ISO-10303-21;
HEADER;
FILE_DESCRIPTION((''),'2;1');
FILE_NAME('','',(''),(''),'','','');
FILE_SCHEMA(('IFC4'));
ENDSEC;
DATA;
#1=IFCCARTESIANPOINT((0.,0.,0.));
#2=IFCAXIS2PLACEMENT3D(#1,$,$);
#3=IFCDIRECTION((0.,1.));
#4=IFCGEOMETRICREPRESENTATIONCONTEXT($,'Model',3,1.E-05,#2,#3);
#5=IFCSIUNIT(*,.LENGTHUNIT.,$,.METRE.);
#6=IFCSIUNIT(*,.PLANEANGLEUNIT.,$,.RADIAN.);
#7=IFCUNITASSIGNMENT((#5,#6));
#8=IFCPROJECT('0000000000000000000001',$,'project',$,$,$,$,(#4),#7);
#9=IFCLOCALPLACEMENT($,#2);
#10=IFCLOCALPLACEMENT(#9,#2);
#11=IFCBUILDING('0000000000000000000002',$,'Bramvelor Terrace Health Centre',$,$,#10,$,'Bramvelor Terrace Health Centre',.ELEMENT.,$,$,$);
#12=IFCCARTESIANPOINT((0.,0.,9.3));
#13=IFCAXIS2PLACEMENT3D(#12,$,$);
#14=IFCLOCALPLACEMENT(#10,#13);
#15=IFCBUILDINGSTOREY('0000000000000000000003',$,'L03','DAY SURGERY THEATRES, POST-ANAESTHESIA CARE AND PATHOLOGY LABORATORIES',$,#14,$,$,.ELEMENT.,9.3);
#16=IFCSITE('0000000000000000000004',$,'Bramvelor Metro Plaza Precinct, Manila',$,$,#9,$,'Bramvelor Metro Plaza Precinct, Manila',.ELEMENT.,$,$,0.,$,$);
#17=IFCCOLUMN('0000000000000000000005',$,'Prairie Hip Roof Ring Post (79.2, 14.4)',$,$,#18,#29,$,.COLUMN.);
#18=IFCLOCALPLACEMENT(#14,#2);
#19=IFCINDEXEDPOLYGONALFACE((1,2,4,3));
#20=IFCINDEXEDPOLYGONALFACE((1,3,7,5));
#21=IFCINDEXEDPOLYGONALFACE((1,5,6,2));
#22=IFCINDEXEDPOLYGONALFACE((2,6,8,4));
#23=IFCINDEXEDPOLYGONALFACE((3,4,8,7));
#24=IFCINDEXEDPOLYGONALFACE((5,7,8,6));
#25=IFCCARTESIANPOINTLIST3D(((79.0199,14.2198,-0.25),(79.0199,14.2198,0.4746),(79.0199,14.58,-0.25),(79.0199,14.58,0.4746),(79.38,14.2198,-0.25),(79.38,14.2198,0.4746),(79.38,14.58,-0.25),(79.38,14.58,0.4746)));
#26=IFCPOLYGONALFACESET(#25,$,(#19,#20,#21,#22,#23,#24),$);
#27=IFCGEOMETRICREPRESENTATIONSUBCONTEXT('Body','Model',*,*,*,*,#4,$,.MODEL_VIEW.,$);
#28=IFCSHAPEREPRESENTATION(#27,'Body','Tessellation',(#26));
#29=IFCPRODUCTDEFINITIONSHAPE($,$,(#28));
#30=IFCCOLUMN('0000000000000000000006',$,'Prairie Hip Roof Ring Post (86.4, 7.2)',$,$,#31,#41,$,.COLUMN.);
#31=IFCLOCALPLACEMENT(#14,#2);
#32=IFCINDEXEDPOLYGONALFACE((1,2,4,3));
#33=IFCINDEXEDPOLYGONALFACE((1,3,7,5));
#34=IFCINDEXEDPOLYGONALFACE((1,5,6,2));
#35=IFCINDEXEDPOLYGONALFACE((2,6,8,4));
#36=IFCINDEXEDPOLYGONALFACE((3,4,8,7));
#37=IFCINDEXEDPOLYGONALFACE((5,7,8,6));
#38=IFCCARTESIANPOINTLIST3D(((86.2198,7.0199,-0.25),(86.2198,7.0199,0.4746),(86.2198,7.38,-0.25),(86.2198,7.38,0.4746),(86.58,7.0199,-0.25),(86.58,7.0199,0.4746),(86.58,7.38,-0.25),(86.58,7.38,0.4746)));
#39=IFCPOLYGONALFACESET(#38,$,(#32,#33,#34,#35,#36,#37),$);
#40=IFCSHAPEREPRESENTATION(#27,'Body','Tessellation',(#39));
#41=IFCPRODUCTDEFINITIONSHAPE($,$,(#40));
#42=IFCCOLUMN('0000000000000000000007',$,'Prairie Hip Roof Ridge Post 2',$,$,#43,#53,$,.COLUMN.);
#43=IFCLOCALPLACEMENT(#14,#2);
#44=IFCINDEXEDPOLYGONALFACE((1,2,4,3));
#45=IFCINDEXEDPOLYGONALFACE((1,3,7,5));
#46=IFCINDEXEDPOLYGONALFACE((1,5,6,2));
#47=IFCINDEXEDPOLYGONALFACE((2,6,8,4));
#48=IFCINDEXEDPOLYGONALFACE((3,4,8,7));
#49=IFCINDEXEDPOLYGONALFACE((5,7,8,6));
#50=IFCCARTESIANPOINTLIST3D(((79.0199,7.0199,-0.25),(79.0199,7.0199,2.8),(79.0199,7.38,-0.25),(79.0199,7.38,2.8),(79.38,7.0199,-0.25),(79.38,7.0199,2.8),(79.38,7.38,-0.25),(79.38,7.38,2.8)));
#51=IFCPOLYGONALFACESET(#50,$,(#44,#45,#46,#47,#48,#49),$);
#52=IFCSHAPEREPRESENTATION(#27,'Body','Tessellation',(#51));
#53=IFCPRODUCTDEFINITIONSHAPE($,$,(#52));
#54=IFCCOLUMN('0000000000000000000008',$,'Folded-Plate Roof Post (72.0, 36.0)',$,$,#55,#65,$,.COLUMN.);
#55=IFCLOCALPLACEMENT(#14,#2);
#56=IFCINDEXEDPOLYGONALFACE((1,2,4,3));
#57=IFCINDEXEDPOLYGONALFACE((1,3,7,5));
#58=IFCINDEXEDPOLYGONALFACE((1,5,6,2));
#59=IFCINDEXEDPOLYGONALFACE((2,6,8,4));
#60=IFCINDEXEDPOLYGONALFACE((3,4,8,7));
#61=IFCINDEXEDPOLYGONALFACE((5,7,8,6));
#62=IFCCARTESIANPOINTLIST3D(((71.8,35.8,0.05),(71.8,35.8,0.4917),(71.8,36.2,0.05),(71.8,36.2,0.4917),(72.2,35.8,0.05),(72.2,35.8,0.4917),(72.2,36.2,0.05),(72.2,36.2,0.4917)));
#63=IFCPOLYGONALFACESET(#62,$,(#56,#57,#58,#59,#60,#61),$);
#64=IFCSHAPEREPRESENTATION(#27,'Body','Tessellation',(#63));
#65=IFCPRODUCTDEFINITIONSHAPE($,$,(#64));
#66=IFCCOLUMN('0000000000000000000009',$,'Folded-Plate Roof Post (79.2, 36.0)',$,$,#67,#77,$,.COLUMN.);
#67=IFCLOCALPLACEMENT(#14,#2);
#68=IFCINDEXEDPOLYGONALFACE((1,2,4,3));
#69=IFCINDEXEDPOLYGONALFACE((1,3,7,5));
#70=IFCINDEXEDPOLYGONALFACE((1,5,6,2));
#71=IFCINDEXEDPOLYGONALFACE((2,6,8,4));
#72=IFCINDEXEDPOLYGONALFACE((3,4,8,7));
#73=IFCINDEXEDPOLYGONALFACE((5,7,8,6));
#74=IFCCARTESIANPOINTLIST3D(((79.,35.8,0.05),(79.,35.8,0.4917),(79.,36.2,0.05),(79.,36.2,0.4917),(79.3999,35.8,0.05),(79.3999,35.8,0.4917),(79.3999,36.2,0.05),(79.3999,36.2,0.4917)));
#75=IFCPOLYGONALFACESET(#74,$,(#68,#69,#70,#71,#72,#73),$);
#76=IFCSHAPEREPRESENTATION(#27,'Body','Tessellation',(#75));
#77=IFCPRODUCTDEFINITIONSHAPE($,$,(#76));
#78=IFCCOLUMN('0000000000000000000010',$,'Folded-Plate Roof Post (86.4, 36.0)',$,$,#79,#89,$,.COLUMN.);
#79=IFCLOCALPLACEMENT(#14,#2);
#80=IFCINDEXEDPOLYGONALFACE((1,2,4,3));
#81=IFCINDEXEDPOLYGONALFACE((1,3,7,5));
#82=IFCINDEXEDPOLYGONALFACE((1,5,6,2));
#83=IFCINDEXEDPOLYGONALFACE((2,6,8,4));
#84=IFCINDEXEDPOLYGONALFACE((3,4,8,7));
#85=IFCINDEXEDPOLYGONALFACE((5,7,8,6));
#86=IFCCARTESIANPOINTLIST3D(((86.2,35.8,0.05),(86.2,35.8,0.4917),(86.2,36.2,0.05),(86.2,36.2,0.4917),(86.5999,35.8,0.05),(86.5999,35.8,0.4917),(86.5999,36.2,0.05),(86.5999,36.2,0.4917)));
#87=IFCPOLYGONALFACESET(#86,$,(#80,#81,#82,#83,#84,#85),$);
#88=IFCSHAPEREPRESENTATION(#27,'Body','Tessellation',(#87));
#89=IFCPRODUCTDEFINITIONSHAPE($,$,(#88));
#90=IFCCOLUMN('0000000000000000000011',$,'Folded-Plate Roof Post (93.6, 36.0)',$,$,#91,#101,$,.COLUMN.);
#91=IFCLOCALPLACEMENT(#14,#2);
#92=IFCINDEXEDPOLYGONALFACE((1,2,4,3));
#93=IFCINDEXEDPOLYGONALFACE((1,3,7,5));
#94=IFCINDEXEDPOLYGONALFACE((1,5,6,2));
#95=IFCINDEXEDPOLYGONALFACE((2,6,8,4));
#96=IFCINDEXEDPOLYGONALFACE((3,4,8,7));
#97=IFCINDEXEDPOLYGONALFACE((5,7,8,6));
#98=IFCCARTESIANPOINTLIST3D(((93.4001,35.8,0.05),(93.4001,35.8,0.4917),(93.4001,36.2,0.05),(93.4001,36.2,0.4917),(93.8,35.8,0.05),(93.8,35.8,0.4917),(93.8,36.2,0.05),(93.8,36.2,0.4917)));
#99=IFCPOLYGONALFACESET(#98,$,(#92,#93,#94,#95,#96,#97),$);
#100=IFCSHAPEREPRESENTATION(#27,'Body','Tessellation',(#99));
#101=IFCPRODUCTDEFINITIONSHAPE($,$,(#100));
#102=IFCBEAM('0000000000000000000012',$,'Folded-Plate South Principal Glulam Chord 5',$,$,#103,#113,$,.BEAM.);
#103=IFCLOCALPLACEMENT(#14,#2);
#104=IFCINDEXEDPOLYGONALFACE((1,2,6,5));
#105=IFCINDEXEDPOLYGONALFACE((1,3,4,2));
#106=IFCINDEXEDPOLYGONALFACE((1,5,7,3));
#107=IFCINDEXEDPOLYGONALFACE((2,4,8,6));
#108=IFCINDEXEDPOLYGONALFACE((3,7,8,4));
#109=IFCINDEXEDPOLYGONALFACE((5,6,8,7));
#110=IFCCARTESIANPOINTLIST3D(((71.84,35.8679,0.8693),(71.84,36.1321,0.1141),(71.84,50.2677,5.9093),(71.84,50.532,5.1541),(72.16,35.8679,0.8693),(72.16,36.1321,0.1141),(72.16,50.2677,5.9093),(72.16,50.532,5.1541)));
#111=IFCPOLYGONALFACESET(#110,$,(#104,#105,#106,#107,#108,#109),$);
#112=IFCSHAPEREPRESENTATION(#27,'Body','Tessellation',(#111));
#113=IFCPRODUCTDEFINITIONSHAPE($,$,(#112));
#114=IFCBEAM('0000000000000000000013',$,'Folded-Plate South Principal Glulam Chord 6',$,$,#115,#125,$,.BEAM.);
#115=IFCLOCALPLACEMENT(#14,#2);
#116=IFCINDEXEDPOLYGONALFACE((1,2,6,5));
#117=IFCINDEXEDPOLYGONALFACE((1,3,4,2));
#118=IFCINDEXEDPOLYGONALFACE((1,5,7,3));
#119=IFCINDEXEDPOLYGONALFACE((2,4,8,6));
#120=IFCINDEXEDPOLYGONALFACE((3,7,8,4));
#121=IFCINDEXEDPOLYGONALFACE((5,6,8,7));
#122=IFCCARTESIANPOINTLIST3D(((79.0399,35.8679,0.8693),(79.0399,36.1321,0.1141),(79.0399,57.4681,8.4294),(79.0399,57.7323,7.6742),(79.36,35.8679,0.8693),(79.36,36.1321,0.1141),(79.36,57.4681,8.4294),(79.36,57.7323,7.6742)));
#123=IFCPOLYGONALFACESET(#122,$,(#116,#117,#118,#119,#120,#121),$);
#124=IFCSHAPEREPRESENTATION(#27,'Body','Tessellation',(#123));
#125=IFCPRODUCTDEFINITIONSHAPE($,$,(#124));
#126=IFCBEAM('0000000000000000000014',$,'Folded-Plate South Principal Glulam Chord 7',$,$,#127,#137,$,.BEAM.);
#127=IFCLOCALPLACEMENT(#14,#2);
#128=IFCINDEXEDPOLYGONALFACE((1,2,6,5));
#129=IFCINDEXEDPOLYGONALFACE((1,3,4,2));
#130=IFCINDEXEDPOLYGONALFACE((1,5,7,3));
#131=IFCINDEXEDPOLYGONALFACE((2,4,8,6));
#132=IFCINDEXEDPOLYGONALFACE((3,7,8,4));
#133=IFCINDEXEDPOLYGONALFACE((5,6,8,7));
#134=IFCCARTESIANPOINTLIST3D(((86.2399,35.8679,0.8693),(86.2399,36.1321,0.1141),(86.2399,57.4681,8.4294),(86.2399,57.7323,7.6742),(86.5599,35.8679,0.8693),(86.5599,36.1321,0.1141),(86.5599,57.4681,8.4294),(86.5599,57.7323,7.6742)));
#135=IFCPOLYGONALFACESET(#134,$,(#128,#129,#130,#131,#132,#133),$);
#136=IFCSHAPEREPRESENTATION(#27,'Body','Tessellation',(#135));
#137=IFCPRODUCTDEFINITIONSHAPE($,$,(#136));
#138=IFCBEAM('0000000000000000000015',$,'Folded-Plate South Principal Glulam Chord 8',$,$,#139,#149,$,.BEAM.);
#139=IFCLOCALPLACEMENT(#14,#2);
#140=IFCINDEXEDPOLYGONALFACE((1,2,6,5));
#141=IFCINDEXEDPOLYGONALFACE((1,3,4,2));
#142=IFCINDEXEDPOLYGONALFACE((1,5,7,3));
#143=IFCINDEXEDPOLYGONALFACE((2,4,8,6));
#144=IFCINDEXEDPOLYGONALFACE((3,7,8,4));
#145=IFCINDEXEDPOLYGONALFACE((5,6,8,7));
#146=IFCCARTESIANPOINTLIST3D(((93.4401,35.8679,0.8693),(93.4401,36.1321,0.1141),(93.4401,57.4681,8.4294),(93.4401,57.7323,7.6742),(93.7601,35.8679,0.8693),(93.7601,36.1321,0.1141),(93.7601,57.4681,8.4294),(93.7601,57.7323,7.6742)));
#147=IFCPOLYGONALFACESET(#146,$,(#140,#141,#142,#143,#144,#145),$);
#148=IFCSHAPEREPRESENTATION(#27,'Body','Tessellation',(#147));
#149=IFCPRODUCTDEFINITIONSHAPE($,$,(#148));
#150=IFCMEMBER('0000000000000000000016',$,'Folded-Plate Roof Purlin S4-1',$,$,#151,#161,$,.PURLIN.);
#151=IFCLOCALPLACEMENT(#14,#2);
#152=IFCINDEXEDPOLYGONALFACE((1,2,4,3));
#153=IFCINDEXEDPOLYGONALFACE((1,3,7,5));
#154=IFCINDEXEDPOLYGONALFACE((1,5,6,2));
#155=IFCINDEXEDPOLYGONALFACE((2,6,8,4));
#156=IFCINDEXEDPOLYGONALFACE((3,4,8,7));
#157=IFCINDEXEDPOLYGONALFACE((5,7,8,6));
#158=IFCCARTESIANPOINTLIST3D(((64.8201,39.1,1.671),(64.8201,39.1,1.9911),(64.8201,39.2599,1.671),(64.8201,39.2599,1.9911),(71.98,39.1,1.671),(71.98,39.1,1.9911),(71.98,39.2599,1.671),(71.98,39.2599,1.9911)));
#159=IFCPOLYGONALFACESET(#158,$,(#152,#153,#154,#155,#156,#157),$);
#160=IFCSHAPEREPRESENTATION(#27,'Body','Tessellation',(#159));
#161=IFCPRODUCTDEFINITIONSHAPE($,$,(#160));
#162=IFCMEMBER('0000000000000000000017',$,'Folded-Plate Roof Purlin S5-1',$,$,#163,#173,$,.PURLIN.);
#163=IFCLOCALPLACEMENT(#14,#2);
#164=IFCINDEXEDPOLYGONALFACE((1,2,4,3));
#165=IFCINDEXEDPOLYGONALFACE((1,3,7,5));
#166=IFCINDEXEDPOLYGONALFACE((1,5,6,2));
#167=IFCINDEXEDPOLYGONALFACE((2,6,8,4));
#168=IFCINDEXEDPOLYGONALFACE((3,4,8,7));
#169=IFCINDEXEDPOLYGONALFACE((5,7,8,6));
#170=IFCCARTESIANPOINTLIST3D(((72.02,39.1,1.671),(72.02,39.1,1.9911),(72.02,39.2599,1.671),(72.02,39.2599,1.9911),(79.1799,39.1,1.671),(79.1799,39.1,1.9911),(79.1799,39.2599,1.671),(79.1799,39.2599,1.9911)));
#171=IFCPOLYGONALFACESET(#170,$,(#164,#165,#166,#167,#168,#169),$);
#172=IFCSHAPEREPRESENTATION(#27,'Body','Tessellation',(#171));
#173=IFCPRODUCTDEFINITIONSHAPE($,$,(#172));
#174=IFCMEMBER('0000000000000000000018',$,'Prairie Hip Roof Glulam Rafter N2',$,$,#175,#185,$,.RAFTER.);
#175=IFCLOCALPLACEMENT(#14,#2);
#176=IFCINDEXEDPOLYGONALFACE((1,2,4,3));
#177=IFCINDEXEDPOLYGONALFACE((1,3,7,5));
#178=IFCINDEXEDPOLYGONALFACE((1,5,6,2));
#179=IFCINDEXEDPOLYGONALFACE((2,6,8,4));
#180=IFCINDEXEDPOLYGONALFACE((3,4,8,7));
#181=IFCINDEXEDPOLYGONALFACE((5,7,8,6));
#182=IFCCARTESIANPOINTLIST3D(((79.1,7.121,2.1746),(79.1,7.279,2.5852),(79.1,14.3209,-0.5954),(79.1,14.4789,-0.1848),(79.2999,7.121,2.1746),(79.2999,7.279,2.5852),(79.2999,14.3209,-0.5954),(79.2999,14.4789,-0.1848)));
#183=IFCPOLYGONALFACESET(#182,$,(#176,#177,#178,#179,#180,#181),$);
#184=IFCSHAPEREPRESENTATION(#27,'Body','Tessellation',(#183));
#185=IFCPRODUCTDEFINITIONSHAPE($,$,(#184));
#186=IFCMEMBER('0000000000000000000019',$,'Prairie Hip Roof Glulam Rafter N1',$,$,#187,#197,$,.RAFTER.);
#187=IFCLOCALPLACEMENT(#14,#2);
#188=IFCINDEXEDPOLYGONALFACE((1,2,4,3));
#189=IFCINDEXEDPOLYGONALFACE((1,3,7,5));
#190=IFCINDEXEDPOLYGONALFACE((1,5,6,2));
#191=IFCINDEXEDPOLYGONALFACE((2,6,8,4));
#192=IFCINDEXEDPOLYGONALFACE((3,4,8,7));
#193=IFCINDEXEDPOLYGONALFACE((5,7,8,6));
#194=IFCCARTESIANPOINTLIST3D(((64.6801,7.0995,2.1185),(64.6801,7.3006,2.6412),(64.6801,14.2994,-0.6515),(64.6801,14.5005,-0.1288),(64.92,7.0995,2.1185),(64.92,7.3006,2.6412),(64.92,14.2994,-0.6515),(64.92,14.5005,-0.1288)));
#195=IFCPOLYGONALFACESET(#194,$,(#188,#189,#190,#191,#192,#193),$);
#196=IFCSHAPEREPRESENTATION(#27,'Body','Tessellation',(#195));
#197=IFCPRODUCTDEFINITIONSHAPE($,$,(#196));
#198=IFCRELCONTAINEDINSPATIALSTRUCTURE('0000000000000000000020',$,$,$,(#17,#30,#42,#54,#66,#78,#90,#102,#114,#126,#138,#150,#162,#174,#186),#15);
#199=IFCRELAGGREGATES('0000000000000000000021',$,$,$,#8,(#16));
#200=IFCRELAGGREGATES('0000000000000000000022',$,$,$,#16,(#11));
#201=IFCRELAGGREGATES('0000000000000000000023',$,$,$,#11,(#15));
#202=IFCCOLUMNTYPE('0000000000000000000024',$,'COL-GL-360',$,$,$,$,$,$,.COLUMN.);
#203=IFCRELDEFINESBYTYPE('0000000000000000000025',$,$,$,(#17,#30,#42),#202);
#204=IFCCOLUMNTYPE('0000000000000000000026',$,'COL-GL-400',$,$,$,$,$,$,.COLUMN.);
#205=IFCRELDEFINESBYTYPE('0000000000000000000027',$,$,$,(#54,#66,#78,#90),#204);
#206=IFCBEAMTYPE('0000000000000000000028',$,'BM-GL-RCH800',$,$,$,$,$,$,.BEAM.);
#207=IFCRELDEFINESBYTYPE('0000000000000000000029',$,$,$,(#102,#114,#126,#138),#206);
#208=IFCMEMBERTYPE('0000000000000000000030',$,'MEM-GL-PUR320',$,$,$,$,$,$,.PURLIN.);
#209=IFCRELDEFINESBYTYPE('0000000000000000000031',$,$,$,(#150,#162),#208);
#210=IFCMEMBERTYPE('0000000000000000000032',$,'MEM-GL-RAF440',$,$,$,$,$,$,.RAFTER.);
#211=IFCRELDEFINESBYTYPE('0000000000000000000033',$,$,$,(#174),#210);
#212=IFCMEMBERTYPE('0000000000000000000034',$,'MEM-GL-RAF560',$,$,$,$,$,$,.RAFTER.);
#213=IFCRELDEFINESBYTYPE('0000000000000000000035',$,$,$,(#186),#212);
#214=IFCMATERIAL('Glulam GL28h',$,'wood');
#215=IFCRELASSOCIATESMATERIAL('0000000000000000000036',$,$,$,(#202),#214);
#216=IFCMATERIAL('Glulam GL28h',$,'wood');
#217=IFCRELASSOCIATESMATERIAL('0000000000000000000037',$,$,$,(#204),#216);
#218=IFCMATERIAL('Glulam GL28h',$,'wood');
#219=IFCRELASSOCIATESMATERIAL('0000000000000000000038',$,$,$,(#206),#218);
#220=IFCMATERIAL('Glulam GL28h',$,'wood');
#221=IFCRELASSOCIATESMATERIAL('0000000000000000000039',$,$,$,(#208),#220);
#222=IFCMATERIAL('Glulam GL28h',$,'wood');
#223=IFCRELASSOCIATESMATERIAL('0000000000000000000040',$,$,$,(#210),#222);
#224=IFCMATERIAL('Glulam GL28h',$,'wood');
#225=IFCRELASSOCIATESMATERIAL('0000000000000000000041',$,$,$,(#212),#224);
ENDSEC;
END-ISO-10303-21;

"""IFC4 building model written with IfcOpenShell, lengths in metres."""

from ifc_helpers import new_model, si_unit, direction, frame, origin, origin_2d, place, context, subcontext, project, spatial, rectangle, extrude, material, material_profile, profile_set, type_object, element, save


model = new_model("IFC4")

# Units and contexts
model_context = context("Model", 3, precision=1e-05, world=origin(), true_north=direction((0.0, 1.0)))
body_context = subcontext(model_context, "Body", "Model", "MODEL_VIEW")
ifc_project = project(units=[si_unit("LENGTHUNIT", "METRE"), si_unit("PLANEANGLEUNIT", "RADIAN")], contexts=[model_context])

# Site, building, storey
site_placement = place(None, origin())
site = spatial("IfcSite", under=ifc_project, at=site_placement, Name="Bramvelor Metro Plaza Precinct, Manila", LongName="Bramvelor Metro Plaza Precinct, Manila", CompositionType="ELEMENT", RefElevation=0.0)
building_placement = place(site_placement, origin())
building = spatial("IfcBuilding", under=site, at=building_placement, Name="Bramvelor Terrace Health Centre", LongName="Bramvelor Terrace Health Centre", CompositionType="ELEMENT")
storey_placement = place(building_placement, frame((0.0, 0.0, 9.3)))
storey = spatial("IfcBuildingStorey", under=building, at=storey_placement, Name="L03", Description="DAY SURGERY THEATRES, POST-ANAESTHESIA CARE AND PATHOLOGY LABORATORIES", CompositionType="ELEMENT", Elevation=9.3)

# Columns
ifc_material_1 = material(Name="Glulam GL28h", Category="wood")
ifc_material_profile_1 = material_profile(ifc_material_1, rectangle(XDim=0.3601, YDim=0.3601, at=origin_2d()), Name="GL 360x360")
ifc_profile_set_1 = profile_set([ifc_material_profile_1], Name="Glulam GL28h")
column_type_1 = type_object("IfcColumnType", Name="COL-GL-360", PredefinedType="COLUMN", material=ifc_profile_set_1)
for number, where, z_axis, x_axis, name in (
    (1, (79.2, 14.3999, -0.25), (0.0, 0.0, 1.0), (1.0, 0.0, 0.0), "Prairie Hip Roof Ring Post (79.2, 14.4)"),
    (2, (86.3999, 7.2, -0.25), (0.0, 0.0, 1.0), (1.0, 0.0, 0.0), "Prairie Hip Roof Ring Post (86.4, 7.2)"),
):
    element("IfcColumn", number, at=place(storey_placement, frame(where, z_axis=z_axis, x_axis=x_axis)), inside=storey, type_object=column_type_1, Name=name, PredefinedType="COLUMN", context=body_context, shape_type="SweptSolid", body=[
        extrude(rectangle(XDim=0.3601, YDim=0.3601, at=origin_2d()), origin(), (0.0, 0.0, 1.0), 0.7246),
    ])
column_placement = place(storey_placement, frame((79.2, 7.2, -0.25), z_axis=(0.0, 0.0, 1.0), x_axis=(1.0, 0.0, 0.0)))
element("IfcColumn", 3, at=column_placement, inside=storey, type_object=column_type_1, Name="Prairie Hip Roof Ridge Post 2", PredefinedType="COLUMN", context=body_context, shape_type="SweptSolid", body=[
    extrude(rectangle(XDim=0.3601, YDim=0.3601, at=origin_2d()), origin(), (0.0, 0.0, 1.0), 3.05),
])
ifc_material_2 = material(Name="Glulam GL28h", Category="wood")
ifc_material_profile_2 = material_profile(ifc_material_2, rectangle(XDim=0.3999, YDim=0.3999, at=origin_2d()), Name="GL 400x400")
ifc_profile_set_2 = profile_set([ifc_material_profile_2], Name="Glulam GL28h")
column_type_2 = type_object("IfcColumnType", Name="COL-GL-400", PredefinedType="COLUMN", material=ifc_profile_set_2)
for number, where, z_axis, x_axis, name in (
    (4, (72.0, 36.0, 0.05), (0.0, 0.0, 1.0), (1.0, 0.0, 0.0), "Folded-Plate Roof Post (72.0, 36.0)"),
    (5, (79.2, 36.0, 0.05), (0.0, 0.0, 1.0), (1.0, 0.0, 0.0), "Folded-Plate Roof Post (79.2, 36.0)"),
    (6, (86.3999, 36.0, 0.05), (0.0, 0.0, 1.0), (1.0, 0.0, 0.0), "Folded-Plate Roof Post (86.4, 36.0)"),
    (7, (93.6001, 36.0, 0.05), (0.0, 0.0, 1.0), (1.0, 0.0, 0.0), "Folded-Plate Roof Post (93.6, 36.0)"),
):
    element("IfcColumn", number, at=place(storey_placement, frame(where, z_axis=z_axis, x_axis=x_axis)), inside=storey, type_object=column_type_2, Name=name, PredefinedType="COLUMN", context=body_context, shape_type="SweptSolid", body=[
        extrude(rectangle(XDim=0.3999, YDim=0.3999, at=origin_2d()), origin(), (0.0, 0.0, 1.0), 0.4417),
    ])

# Beams
ifc_material_3 = material(Name="Glulam GL28h", Category="wood")
ifc_material_profile_3 = material_profile(ifc_material_3, rectangle(XDim=0.3201, YDim=0.8, at=origin_2d()), Name="GL 320x800")
ifc_profile_set_3 = profile_set([ifc_material_profile_3], Name="Glulam GL28h")
beam_type = type_object("IfcBeamType", Name="BM-GL-RCH800", PredefinedType="BEAM", material=ifc_profile_set_3)
beam_placement = place(storey_placement, frame((72.0, 36.0, 0.4917), z_axis=(0.0, 0.943857, 0.330355), x_axis=(-1.0, 0.0, 0.0)))
element("IfcBeam", 8, at=beam_placement, inside=storey, type_object=beam_type, Name="Folded-Plate South Principal Glulam Chord 5", PredefinedType="BEAM", context=body_context, shape_type="SweptSolid", body=[
    extrude(rectangle(XDim=0.3201, YDim=0.8, at=origin_2d()), origin(), (0.0, 0.0, 1.0), 15.2563),
])
for number, where, z_axis, x_axis, name in (
    (9, (79.2, 36.0, 0.4917), (0.0, 0.943858, 0.330351), (-1.0, 0.0, 0.0), "Folded-Plate South Principal Glulam Chord 6"),
    (10, (86.3999, 36.0, 0.4917), (0.0, 0.943858, 0.330351), (-1.0, 0.0, 0.0), "Folded-Plate South Principal Glulam Chord 7"),
    (11, (93.6001, 36.0, 0.4917), (0.0, 0.943858, 0.330351), (-1.0, 0.0, 0.0), "Folded-Plate South Principal Glulam Chord 8"),
):
    element("IfcBeam", number, at=place(storey_placement, frame(where, z_axis=z_axis, x_axis=x_axis)), inside=storey, type_object=beam_type, Name=name, PredefinedType="BEAM", context=body_context, shape_type="SweptSolid", body=[
        extrude(rectangle(XDim=0.3201, YDim=0.8, at=origin_2d()), origin(), (0.0, 0.0, 1.0), 22.885),
    ])

# Members
ifc_material_4 = material(Name="Glulam GL28h", Category="wood")
ifc_material_profile_4 = material_profile(ifc_material_4, rectangle(XDim=0.1599, YDim=0.3201, at=origin_2d()), Name="GL 160x320")
ifc_profile_set_4 = profile_set([ifc_material_profile_4], Name="Glulam GL28h")
member_type_1 = type_object("IfcMemberType", Name="MEM-GL-PUR320", PredefinedType="PURLIN", material=ifc_profile_set_4)
for number, where, z_axis, x_axis, name in (
    (12, (64.8201, 39.1799, 1.8311), (1.0, 0.0, 0.0), (0.0, 1.0, 0.0), "Folded-Plate Roof Purlin S4-1"),
    (13, (72.02, 39.1799, 1.8311), (1.0, 0.0, 0.0), (0.0, 1.0, 0.0), "Folded-Plate Roof Purlin S5-1"),
):
    element("IfcMember", number, at=place(storey_placement, frame(where, z_axis=z_axis, x_axis=x_axis)), inside=storey, type_object=member_type_1, Name=name, PredefinedType="PURLIN", context=body_context, shape_type="SweptSolid", body=[
        extrude(rectangle(XDim=0.1599, YDim=0.3201, at=origin_2d()), origin(), (0.0, 0.0, 1.0), 7.1599),
    ])
ifc_material_5 = material(Name="Glulam GL28h", Category="wood")
ifc_material_profile_5 = material_profile(ifc_material_5, rectangle(XDim=0.2, YDim=0.4399, at=origin_2d()), Name="GL 200x440")
ifc_profile_set_5 = profile_set([ifc_material_profile_5], Name="Glulam GL28h")
member_type_2 = type_object("IfcMemberType", Name="MEM-GL-RAF440", PredefinedType="RAFTER", material=ifc_profile_set_5)
member_1_placement = place(storey_placement, frame((79.2, 14.3999, -0.3901), z_axis=(0.0, -0.933311, 0.35907), x_axis=(1.0, 0.0, 0.0)))
element("IfcMember", 14, at=member_1_placement, inside=storey, type_object=member_type_2, Name="Prairie Hip Roof Glulam Rafter N2", PredefinedType="RAFTER", context=body_context, shape_type="SweptSolid", body=[
    extrude(rectangle(XDim=0.2, YDim=0.4399, at=origin_2d()), origin(), (0.0, 0.0, 1.0), 7.7144),
])
ifc_material_6 = material(Name="Glulam GL28h", Category="wood")
ifc_material_profile_6 = material_profile(ifc_material_6, rectangle(XDim=0.24, YDim=0.5601, at=origin_2d()), Name="GL 240x560")
ifc_profile_set_6 = profile_set([ifc_material_profile_6], Name="Glulam GL28h")
member_type_3 = type_object("IfcMemberType", Name="MEM-GL-RAF560", PredefinedType="RAFTER", material=ifc_profile_set_6)
member_2_placement = place(storey_placement, frame((64.8, 14.3999, -0.3901), z_axis=(0.0, -0.933311, 0.35907), x_axis=(1.0, 0.0, 0.0)))
element("IfcMember", 15, at=member_2_placement, inside=storey, type_object=member_type_3, Name="Prairie Hip Roof Glulam Rafter N1", PredefinedType="RAFTER", context=body_context, shape_type="SweptSolid", body=[
    extrude(rectangle(XDim=0.24, YDim=0.5601, at=origin_2d()), origin(), (0.0, 0.0, 1.0), 7.7144),
])

save(model, "model.ifc")
